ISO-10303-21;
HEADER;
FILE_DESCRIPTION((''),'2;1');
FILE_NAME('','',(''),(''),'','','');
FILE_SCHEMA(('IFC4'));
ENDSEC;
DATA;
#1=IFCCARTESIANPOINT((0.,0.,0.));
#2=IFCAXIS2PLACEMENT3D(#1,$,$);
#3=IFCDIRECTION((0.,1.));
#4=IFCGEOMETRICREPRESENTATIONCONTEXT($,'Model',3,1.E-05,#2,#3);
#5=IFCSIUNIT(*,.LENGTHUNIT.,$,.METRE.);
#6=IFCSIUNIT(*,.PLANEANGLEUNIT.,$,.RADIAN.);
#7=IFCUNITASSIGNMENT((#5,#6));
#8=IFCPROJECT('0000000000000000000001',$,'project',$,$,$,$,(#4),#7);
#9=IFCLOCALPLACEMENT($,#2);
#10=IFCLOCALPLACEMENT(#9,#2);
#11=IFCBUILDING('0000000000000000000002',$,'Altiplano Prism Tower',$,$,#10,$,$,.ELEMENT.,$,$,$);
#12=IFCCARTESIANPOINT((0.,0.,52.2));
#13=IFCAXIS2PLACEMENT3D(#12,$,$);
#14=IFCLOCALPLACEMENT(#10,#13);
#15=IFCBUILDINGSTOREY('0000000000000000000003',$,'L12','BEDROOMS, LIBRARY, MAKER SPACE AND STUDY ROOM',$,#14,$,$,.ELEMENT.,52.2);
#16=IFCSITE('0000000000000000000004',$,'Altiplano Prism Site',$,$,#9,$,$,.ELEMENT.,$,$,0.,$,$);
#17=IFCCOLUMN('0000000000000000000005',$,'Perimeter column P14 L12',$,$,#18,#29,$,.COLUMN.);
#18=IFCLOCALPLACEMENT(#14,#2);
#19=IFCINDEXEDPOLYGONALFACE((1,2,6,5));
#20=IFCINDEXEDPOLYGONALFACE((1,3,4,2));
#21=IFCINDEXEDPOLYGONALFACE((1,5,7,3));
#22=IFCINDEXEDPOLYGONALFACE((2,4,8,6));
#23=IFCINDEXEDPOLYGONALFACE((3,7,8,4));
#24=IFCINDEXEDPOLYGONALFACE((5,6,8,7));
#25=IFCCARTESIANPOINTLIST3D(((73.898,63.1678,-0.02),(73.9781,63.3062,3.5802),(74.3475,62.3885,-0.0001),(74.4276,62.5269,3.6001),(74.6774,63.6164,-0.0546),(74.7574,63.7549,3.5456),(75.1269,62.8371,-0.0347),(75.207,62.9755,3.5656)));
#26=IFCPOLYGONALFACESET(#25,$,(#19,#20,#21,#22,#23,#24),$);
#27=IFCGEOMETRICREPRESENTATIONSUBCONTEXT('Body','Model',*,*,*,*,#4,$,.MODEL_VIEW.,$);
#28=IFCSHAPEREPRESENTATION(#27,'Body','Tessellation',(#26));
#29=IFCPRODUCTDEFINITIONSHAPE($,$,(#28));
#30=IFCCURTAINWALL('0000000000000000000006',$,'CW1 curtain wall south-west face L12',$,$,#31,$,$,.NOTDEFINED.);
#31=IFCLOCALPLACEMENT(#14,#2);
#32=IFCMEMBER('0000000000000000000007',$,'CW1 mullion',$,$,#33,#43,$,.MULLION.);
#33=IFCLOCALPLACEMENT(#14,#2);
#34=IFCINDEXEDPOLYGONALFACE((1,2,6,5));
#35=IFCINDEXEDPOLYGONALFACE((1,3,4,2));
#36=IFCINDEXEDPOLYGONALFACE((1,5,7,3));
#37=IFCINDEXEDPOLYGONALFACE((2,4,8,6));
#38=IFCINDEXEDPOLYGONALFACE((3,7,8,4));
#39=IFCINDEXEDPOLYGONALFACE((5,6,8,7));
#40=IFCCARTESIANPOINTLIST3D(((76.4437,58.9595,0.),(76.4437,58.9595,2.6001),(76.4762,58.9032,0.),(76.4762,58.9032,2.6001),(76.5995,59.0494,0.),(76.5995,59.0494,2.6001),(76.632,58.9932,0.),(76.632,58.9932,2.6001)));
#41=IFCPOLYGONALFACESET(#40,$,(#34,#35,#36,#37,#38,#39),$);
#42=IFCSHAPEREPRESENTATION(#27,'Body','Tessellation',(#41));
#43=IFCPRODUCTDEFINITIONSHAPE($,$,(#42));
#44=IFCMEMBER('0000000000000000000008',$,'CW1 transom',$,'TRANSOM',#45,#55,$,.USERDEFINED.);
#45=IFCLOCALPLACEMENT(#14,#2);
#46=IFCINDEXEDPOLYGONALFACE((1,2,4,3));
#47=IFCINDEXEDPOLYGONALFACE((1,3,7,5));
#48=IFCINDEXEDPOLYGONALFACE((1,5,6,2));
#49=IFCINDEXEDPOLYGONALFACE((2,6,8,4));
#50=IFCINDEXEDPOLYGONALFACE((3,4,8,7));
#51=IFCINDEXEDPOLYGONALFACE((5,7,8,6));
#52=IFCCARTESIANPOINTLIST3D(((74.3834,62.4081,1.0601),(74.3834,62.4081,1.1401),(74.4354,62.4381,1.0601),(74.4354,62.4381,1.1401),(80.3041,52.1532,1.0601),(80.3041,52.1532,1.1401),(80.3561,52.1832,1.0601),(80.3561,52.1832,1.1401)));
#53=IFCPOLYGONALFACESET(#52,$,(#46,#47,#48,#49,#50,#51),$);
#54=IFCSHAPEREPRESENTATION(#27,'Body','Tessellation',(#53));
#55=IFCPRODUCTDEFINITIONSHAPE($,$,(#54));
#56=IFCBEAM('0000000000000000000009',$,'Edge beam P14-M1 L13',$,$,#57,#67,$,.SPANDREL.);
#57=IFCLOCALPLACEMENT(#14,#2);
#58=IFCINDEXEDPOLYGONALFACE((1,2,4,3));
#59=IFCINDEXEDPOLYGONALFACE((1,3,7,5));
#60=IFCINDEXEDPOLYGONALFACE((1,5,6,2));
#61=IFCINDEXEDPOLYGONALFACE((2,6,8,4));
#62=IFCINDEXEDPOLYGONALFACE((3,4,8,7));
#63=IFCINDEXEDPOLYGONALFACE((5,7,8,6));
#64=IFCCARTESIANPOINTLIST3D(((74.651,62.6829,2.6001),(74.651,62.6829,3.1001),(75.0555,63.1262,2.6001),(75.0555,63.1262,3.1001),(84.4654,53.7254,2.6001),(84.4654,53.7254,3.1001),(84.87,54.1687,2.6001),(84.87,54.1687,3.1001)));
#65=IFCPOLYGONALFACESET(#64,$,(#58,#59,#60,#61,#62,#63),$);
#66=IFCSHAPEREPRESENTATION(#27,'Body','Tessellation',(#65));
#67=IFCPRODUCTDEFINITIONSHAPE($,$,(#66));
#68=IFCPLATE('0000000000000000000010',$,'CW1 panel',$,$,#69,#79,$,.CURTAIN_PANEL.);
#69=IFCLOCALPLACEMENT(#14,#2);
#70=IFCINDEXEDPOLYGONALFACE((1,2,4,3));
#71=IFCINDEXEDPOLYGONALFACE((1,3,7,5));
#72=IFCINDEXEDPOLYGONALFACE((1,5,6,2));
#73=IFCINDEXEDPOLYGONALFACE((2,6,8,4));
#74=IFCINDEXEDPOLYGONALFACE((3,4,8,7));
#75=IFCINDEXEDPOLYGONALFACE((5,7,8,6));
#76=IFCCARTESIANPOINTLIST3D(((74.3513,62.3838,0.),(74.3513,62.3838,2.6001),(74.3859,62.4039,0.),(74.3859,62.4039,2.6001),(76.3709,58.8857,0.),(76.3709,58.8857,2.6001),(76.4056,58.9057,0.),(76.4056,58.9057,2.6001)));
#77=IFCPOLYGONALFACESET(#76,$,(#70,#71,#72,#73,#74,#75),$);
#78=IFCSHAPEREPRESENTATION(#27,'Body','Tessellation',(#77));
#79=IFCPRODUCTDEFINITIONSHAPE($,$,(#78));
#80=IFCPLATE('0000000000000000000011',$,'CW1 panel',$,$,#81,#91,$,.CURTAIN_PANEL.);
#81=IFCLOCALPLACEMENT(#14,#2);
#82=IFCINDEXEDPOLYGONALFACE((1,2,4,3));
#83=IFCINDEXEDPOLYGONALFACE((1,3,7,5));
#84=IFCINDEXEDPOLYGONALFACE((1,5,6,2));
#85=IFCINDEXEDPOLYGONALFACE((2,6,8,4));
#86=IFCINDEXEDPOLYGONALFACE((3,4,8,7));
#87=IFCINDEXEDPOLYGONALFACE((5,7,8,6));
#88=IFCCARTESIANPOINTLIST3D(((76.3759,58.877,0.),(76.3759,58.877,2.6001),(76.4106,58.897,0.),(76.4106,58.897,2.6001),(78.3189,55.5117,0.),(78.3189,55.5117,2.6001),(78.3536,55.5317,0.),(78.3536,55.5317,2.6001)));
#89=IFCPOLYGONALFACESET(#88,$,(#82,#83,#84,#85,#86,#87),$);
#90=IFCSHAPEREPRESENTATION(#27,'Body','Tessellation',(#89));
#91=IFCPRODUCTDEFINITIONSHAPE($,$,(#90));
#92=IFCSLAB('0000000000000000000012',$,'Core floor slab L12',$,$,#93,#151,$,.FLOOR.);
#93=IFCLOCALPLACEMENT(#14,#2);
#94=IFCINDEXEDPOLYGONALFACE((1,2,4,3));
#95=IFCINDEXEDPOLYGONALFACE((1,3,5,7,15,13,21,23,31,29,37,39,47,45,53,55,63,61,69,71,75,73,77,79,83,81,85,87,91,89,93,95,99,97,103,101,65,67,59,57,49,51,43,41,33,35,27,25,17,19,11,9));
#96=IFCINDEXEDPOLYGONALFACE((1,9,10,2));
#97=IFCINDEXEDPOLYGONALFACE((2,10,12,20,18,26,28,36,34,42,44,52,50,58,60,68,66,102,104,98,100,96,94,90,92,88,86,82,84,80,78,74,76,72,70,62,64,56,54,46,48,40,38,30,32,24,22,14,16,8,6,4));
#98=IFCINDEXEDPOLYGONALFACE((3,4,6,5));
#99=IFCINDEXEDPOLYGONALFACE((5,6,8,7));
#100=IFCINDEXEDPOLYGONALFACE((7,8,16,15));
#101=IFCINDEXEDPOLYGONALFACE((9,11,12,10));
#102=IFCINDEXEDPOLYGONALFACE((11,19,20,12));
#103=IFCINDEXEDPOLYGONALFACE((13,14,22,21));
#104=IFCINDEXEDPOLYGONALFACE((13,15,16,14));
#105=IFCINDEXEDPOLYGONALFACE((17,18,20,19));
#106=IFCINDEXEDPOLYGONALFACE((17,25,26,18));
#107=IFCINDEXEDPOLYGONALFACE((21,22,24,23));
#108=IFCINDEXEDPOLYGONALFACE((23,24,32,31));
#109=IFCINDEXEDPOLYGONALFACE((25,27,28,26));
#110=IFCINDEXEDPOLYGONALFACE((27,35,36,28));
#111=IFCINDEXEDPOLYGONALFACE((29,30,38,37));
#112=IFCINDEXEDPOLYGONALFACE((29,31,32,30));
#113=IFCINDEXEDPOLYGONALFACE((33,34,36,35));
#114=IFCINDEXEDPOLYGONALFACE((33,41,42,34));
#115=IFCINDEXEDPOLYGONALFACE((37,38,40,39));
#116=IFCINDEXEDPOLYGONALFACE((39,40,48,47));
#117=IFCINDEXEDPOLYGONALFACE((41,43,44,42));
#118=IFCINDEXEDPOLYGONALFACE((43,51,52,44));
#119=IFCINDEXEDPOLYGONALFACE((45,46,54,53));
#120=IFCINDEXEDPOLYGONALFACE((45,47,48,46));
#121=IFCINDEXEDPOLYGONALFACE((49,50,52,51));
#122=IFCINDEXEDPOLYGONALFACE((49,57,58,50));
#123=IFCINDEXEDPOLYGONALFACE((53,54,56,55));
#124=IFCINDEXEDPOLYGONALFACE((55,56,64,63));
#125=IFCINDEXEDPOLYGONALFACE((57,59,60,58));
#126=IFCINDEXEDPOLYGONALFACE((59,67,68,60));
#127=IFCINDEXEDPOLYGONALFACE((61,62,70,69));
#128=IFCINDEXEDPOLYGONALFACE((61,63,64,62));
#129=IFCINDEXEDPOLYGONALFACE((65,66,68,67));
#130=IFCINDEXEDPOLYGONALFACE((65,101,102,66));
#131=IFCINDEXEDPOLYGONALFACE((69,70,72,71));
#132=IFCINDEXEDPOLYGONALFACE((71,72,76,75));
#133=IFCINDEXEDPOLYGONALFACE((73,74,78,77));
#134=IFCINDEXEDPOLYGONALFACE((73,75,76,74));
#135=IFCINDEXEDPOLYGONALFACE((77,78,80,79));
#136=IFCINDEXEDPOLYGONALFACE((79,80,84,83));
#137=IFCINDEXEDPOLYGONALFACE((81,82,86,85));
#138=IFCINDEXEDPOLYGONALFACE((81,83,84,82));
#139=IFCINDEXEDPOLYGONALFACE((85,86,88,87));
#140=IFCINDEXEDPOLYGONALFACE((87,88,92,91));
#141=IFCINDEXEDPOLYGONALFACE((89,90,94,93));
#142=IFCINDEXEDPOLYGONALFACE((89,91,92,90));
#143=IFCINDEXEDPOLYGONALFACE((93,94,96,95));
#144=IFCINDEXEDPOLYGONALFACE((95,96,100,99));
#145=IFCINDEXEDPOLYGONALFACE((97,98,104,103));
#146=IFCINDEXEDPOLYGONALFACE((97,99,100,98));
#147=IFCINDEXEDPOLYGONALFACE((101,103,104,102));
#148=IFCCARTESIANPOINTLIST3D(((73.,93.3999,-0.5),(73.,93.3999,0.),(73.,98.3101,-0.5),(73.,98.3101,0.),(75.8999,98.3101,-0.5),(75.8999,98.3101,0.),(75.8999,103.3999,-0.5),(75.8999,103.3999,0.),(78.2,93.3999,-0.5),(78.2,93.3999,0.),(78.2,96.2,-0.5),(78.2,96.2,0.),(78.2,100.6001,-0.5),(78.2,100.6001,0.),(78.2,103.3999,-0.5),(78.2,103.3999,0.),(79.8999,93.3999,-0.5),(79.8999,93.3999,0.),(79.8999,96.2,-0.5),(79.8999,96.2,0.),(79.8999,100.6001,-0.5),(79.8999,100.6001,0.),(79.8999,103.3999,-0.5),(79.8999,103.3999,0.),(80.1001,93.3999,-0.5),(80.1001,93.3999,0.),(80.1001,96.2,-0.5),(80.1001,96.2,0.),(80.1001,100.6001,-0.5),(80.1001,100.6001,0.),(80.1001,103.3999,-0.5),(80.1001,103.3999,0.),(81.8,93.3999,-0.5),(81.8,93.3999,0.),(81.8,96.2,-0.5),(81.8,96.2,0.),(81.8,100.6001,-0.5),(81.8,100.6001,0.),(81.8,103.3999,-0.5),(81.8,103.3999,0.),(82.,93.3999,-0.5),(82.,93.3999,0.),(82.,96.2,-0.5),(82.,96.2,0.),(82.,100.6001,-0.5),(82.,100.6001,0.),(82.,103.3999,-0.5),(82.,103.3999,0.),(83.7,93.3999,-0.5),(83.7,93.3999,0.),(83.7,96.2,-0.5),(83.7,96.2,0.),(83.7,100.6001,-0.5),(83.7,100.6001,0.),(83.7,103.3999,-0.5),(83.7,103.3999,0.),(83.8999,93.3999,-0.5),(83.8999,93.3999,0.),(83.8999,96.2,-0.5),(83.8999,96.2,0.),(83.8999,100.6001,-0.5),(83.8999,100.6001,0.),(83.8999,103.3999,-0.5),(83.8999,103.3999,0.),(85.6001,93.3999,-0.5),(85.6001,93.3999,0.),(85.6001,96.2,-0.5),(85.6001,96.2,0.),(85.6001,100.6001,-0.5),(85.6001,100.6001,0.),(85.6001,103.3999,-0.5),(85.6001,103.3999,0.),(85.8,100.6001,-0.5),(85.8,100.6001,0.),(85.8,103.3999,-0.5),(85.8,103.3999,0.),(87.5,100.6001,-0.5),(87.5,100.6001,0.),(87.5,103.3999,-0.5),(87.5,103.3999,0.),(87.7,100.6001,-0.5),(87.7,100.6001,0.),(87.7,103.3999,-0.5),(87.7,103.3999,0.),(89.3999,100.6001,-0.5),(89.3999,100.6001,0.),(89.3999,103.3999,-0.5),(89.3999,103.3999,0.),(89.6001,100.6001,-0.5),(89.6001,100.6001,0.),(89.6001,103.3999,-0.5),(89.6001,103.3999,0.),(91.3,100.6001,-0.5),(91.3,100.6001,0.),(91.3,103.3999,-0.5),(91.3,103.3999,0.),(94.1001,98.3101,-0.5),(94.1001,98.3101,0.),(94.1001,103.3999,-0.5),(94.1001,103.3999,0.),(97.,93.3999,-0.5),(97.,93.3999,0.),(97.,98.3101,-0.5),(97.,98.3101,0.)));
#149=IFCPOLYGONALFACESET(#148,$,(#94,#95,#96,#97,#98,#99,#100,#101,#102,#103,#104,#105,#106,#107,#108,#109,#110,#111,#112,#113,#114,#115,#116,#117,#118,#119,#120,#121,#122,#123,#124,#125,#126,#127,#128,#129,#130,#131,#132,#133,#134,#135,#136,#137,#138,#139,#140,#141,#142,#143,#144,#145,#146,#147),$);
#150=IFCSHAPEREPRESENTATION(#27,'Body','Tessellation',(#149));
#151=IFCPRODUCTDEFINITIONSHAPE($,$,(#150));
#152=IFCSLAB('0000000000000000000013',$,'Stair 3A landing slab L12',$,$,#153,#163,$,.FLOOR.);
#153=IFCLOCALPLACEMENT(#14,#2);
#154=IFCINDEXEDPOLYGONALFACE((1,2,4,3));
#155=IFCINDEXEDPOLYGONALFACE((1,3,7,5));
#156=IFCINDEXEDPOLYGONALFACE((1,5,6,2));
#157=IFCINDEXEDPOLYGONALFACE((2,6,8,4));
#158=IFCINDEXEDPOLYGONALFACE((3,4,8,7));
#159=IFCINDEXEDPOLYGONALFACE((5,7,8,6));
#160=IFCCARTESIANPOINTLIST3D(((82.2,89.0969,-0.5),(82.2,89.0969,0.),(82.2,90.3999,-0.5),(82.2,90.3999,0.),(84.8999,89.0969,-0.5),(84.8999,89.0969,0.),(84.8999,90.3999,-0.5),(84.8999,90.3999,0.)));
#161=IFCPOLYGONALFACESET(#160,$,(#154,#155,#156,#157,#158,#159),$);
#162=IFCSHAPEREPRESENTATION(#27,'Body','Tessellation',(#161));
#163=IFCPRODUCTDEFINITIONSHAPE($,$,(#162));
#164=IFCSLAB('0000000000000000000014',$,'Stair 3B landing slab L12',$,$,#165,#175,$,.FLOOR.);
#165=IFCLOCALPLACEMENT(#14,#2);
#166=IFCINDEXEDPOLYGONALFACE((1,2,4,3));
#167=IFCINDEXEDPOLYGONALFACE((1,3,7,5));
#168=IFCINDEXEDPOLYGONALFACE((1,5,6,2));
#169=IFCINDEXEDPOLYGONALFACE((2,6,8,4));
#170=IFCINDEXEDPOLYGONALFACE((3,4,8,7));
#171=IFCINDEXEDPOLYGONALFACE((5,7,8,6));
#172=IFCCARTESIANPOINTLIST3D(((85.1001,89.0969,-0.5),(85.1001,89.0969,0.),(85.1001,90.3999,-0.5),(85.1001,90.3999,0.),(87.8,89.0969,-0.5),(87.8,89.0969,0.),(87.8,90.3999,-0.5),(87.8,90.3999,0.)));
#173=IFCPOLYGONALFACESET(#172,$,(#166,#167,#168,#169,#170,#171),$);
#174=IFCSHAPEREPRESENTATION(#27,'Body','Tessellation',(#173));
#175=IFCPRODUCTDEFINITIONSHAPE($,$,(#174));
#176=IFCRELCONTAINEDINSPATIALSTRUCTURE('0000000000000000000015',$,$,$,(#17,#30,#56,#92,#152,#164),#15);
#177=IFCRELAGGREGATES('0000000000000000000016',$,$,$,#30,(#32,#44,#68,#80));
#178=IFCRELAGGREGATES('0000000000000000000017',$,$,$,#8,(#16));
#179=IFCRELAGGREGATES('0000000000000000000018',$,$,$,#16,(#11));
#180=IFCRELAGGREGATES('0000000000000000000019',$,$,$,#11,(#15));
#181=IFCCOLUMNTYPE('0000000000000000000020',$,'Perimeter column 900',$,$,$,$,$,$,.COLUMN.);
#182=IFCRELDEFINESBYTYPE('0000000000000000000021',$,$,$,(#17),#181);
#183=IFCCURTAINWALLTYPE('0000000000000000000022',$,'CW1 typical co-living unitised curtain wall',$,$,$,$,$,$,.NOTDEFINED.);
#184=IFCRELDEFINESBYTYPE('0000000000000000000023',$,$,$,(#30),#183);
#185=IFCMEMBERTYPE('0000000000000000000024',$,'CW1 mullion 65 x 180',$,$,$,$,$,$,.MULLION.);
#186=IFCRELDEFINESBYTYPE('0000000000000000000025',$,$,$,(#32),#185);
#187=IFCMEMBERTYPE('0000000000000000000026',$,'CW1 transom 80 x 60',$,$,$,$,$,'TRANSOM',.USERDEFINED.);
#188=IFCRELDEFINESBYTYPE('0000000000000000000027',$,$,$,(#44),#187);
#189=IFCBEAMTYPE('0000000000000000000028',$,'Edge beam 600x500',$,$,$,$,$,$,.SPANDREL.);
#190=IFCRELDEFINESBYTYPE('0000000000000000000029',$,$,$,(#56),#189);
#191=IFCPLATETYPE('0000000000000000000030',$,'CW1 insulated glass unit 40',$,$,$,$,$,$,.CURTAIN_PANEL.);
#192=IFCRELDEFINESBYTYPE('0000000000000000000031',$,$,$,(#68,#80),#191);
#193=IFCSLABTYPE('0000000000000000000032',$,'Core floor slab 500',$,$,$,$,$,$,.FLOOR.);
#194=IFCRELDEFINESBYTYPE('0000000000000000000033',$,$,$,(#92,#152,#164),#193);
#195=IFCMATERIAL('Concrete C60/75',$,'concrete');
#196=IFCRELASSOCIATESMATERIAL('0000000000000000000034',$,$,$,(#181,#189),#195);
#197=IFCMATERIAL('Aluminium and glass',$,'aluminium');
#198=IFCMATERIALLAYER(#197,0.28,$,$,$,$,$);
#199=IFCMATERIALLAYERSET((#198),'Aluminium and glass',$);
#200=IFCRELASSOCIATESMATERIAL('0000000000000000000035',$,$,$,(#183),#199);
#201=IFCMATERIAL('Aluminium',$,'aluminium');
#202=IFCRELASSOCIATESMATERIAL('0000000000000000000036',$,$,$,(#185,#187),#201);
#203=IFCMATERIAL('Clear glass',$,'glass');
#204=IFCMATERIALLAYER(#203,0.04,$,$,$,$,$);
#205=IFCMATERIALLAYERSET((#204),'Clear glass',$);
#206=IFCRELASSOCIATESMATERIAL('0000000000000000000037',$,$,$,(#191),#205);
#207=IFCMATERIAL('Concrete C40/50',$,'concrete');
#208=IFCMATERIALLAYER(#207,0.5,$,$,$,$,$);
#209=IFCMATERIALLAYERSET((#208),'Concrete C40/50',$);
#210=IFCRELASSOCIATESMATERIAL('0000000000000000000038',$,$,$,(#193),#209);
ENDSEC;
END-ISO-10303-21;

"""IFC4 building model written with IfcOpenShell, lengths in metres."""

from ifc_helpers import new_model, si_unit, direction, frame, origin, origin_2d, place, context, subcontext, project, spatial, polyline, rectangle, outline, extrude, material, layer, layer_set, material_profile, profile_set, type_object, element, aggregate, save


model = new_model("IFC4")

# Units and contexts
model_context = context("Model", 3, precision=1e-05, world=origin(), true_north=direction((0.0, 1.0)))
body_context = subcontext(model_context, "Body", "Model", "MODEL_VIEW")
ifc_project = project(units=[si_unit("LENGTHUNIT", "METRE"), si_unit("PLANEANGLEUNIT", "RADIAN")], contexts=[model_context])

# Site, building, storey
site_placement = place(None, origin())
site = spatial("IfcSite", under=ifc_project, at=site_placement, Name="Altiplano Prism Site", CompositionType="ELEMENT", RefElevation=0.0)
building_placement = place(site_placement, origin())
building = spatial("IfcBuilding", under=site, at=building_placement, Name="Altiplano Prism Tower", CompositionType="ELEMENT")
storey_placement = place(building_placement, frame((0.0, 0.0, 52.2)))
storey = spatial("IfcBuildingStorey", under=building, at=storey_placement, Name="L12", Description="BEDROOMS, LIBRARY, MAKER SPACE AND STUDY ROOM", CompositionType="ELEMENT", Elevation=52.2)

# Column
ifc_material_1 = material(Name="Concrete C60/75", Category="concrete")
ifc_material_profile_1 = material_profile(ifc_material_1, rectangle(XDim=0.8999, YDim=0.8999, at=origin_2d()), Name="Perimeter column 900")
ifc_profile_set_1 = profile_set([ifc_material_profile_1], Name="Concrete C60/75")
column_type = type_object("IfcColumnType", Name="Perimeter column 900", PredefinedType="COLUMN", material=ifc_profile_set_1)
column_placement = place(storey_placement, frame((74.5125, 63.0024, -0.0273), z_axis=(0.022221, 0.038413, 0.999015), x_axis=(-0.866026, -0.49852, 0.038432)))
element("IfcColumn", 1, at=column_placement, inside=storey, type_object=column_type, Name="Perimeter column P14 L12", PredefinedType="COLUMN", context=body_context, shape_type="SweptSolid", body=[
    extrude(rectangle(XDim=0.8999, YDim=0.8999, at=origin_2d()), origin(), (0.0, 0.0, 1.0), 3.6038),
])

# Curtain wall, members
ifc_material_2 = material(Name="Aluminium and glass", Category="aluminium")
ifc_layer_1 = layer(ifc_material_2, 0.28)
ifc_layer_set_1 = layer_set([ifc_layer_1], Name="Aluminium and glass")
curtain_wall_type = type_object("IfcCurtainWallType", Name="CW1 typical co-living unitised curtain wall", PredefinedType="NOTDEFINED", material=ifc_layer_set_1)
curtain_wall_placement = place(storey_placement, origin())
curtain_wall = element("IfcCurtainWall", 2, at=curtain_wall_placement, inside=storey, type_object=curtain_wall_type, Name="CW1 curtain wall south-west face L12", PredefinedType="NOTDEFINED")
ifc_material_3 = material(Name="Aluminium", Category="aluminium")
ifc_material_profile_2 = material_profile(ifc_material_3, rectangle(XDim=0.1799, YDim=0.0649, at=origin_2d()), Name="CW1 mullion 65 x 180")
ifc_profile_set_2 = profile_set([ifc_material_profile_2], Name="Aluminium")
member_type_1 = type_object("IfcMemberType", Name="CW1 mullion 65 x 180", PredefinedType="MULLION", material=ifc_profile_set_2)
member_1_placement = place(storey_placement, frame((76.5378, 58.9763, 0.0), z_axis=(0.0, 0.0, 1.0), x_axis=(0.866025, 0.5, 0.0)))
member_1 = element("IfcMember", 3, at=member_1_placement, type_object=member_type_1, Name="CW1 mullion", PredefinedType="MULLION", context=body_context, shape_type="SweptSolid", body=[
    extrude(rectangle(XDim=0.1799, YDim=0.0649, at=origin_2d()), origin(), (0.0, 0.0, 1.0), 2.6001),
])
ifc_material_profile_3 = material_profile(ifc_material_3, rectangle(XDim=0.0601, YDim=0.0801, at=origin_2d()), Name="CW1 transom 80 x 60")
ifc_profile_set_3 = profile_set([ifc_material_profile_3], Name="Aluminium")
member_type_2 = type_object("IfcMemberType", Name="CW1 transom 80 x 60", ElementType="TRANSOM", PredefinedType="USERDEFINED", material=ifc_profile_set_3)
member_2_placement = place(storey_placement, frame((74.4094, 62.4231, 1.1001), z_axis=(0.5, -0.866026, 0.0), x_axis=(0.866026, 0.5, 0.0)))
member_2 = element("IfcMember", 4, at=member_2_placement, type_object=member_type_2, Name="CW1 transom", ObjectType="TRANSOM", PredefinedType="USERDEFINED", context=body_context, shape_type="SweptSolid", body=[
    extrude(rectangle(XDim=0.0601, YDim=0.0801, at=origin_2d()), origin(), (0.0, 0.0, 1.0), 11.8413),
])

# Beam
ifc_material_profile_4 = material_profile(ifc_material_1, rectangle(XDim=0.6001, YDim=0.5, at=origin_2d()), Name="Edge beam 600x500")
ifc_profile_set_4 = profile_set([ifc_material_profile_4], Name="Concrete C60/75")
beam_type = type_object("IfcBeamType", Name="Edge beam 600x500", PredefinedType="SPANDREL", material=ifc_profile_set_4)
beam_placement = place(storey_placement, frame((74.8533, 62.9045, 2.8501), z_axis=(0.738617, -0.674126, 0.0), x_axis=(0.674126, 0.738617, 0.0)))
element("IfcBeam", 5, at=beam_placement, inside=storey, type_object=beam_type, Name="Edge beam P14-M1 L13", PredefinedType="SPANDREL", context=body_context, shape_type="SweptSolid", body=[
    extrude(rectangle(XDim=0.6001, YDim=0.5, at=origin_2d()), origin(), (0.0, 0.0, 1.0), 13.2876),
])

# Plates
ifc_material_4 = material(Name="Clear glass", Category="glass")
ifc_layer_2 = layer(ifc_material_4, 0.04)
ifc_layer_set_2 = layer_set([ifc_layer_2], Name="Clear glass")
plate_type = type_object("IfcPlateType", Name="CW1 insulated glass unit 40", PredefinedType="CURTAIN_PANEL", material=ifc_layer_set_2)
plate_1_placement = place(storey_placement, frame((75.3784, 60.6448, 0.0), z_axis=(0.0, 0.0, 1.0), x_axis=(0.5, -0.866025, 0.0)))
plate_1 = element("IfcPlate", 6, at=plate_1_placement, type_object=plate_type, Name="CW1 panel", PredefinedType="CURTAIN_PANEL", context=body_context, shape_type="SweptSolid", body=[
    extrude(rectangle(XDim=4.0393, YDim=0.04, at=origin_2d()), origin(), (0.0, 0.0, 1.0), 2.6001),
])
plate_2_placement = place(storey_placement, frame((77.3647, 57.2043, 0.0), z_axis=(0.0, 0.0, 1.0), x_axis=(0.5, -0.866025, 0.0)))
plate_2 = element("IfcPlate", 7, at=plate_2_placement, type_object=plate_type, Name="CW1 panel", PredefinedType="CURTAIN_PANEL", context=body_context, shape_type="SweptSolid", body=[
    extrude(rectangle(XDim=3.886, YDim=0.04, at=origin_2d()), origin(), (0.0, 0.0, 1.0), 2.6001),
])
aggregate(curtain_wall, [member_1, member_2, plate_1, plate_2])

# Slabs
ifc_material_5 = material(Name="Concrete C40/50", Category="concrete")
ifc_layer_3 = layer(ifc_material_5, 0.5)
ifc_layer_set_3 = layer_set([ifc_layer_3], Name="Concrete C40/50")
slab_type_1 = type_object("IfcSlabType", Name="Core floor slab 500", PredefinedType="FLOOR", material=ifc_layer_set_3)
slab_1_placement = place(storey_placement, frame((0.0, 0.0, -0.5)))
element("IfcSlab", 8, at=slab_1_placement, inside=storey, type_object=slab_type_1, Name="Core floor slab L12", PredefinedType="FLOOR", context=body_context, shape_type="SweptSolid", body=[
    extrude(outline(polyline([(97.0, 98.3101), (94.1001, 98.3101), (94.1001, 103.3999), (91.3, 103.3999), (91.3, 100.6001), (89.6001, 100.6001), (89.6001, 103.3999), (89.3999, 103.3999), (89.3999, 100.6001), (87.7, 100.6001), (87.7, 103.3999), (87.5, 103.3999), (87.5, 100.6001), (85.8, 100.6001), (85.8, 103.3999), (85.6001, 103.3999), (85.6001, 100.6001), (83.8999, 100.6001), (83.8999, 103.3999), (83.7, 103.3999), (83.7, 100.6001), (82.0, 100.6001), (82.0, 103.3999), (81.8, 103.3999), (81.8, 100.6001), (80.1001, 100.6001), (80.1001, 103.3999), (79.8999, 103.3999), (79.8999, 100.6001), (78.2, 100.6001), (78.2, 103.3999), (75.8999, 103.3999), (75.8999, 98.3101), (73.0, 98.3101), (73.0, 93.3999), (78.2, 93.3999), (78.2, 96.2), (79.8999, 96.2), (79.8999, 93.3999), (80.1001, 93.3999), (80.1001, 96.2), (81.8, 96.2), (81.8, 93.3999), (82.0, 93.3999), (82.0, 96.2), (83.7, 96.2), (83.7, 93.3999), (83.8999, 93.3999), (83.8999, 96.2), (85.6001, 96.2), (85.6001, 93.3999), (97.0, 93.3999), (97.0, 98.3101)])), origin(), (0.0, 0.0, 1.0), 0.5),
])
slab_2_placement = place(storey_placement, frame((0.0, 0.0, -0.5)))
element("IfcSlab", 9, at=slab_2_placement, inside=storey, type_object=slab_type_1, Name="Stair 3A landing slab L12", PredefinedType="FLOOR", context=body_context, shape_type="SweptSolid", body=[
    extrude(outline(polyline([(82.2, 89.0969), (84.8999, 89.0969), (84.8999, 90.3999), (82.2, 90.3999), (82.2, 89.0969)])), origin(), (0.0, 0.0, 1.0), 0.5),
])
slab_3_placement = place(storey_placement, frame((0.0, 0.0, -0.5)))
element("IfcSlab", 10, at=slab_3_placement, inside=storey, type_object=slab_type_1, Name="Stair 3B landing slab L12", PredefinedType="FLOOR", context=body_context, shape_type="SweptSolid", body=[
    extrude(outline(polyline([(85.1001, 89.0969), (87.8, 89.0969), (87.8, 90.3999), (85.1001, 90.3999), (85.1001, 89.0969)])), origin(), (0.0, 0.0, 1.0), 0.5),
])

save(model, "model.ifc")
